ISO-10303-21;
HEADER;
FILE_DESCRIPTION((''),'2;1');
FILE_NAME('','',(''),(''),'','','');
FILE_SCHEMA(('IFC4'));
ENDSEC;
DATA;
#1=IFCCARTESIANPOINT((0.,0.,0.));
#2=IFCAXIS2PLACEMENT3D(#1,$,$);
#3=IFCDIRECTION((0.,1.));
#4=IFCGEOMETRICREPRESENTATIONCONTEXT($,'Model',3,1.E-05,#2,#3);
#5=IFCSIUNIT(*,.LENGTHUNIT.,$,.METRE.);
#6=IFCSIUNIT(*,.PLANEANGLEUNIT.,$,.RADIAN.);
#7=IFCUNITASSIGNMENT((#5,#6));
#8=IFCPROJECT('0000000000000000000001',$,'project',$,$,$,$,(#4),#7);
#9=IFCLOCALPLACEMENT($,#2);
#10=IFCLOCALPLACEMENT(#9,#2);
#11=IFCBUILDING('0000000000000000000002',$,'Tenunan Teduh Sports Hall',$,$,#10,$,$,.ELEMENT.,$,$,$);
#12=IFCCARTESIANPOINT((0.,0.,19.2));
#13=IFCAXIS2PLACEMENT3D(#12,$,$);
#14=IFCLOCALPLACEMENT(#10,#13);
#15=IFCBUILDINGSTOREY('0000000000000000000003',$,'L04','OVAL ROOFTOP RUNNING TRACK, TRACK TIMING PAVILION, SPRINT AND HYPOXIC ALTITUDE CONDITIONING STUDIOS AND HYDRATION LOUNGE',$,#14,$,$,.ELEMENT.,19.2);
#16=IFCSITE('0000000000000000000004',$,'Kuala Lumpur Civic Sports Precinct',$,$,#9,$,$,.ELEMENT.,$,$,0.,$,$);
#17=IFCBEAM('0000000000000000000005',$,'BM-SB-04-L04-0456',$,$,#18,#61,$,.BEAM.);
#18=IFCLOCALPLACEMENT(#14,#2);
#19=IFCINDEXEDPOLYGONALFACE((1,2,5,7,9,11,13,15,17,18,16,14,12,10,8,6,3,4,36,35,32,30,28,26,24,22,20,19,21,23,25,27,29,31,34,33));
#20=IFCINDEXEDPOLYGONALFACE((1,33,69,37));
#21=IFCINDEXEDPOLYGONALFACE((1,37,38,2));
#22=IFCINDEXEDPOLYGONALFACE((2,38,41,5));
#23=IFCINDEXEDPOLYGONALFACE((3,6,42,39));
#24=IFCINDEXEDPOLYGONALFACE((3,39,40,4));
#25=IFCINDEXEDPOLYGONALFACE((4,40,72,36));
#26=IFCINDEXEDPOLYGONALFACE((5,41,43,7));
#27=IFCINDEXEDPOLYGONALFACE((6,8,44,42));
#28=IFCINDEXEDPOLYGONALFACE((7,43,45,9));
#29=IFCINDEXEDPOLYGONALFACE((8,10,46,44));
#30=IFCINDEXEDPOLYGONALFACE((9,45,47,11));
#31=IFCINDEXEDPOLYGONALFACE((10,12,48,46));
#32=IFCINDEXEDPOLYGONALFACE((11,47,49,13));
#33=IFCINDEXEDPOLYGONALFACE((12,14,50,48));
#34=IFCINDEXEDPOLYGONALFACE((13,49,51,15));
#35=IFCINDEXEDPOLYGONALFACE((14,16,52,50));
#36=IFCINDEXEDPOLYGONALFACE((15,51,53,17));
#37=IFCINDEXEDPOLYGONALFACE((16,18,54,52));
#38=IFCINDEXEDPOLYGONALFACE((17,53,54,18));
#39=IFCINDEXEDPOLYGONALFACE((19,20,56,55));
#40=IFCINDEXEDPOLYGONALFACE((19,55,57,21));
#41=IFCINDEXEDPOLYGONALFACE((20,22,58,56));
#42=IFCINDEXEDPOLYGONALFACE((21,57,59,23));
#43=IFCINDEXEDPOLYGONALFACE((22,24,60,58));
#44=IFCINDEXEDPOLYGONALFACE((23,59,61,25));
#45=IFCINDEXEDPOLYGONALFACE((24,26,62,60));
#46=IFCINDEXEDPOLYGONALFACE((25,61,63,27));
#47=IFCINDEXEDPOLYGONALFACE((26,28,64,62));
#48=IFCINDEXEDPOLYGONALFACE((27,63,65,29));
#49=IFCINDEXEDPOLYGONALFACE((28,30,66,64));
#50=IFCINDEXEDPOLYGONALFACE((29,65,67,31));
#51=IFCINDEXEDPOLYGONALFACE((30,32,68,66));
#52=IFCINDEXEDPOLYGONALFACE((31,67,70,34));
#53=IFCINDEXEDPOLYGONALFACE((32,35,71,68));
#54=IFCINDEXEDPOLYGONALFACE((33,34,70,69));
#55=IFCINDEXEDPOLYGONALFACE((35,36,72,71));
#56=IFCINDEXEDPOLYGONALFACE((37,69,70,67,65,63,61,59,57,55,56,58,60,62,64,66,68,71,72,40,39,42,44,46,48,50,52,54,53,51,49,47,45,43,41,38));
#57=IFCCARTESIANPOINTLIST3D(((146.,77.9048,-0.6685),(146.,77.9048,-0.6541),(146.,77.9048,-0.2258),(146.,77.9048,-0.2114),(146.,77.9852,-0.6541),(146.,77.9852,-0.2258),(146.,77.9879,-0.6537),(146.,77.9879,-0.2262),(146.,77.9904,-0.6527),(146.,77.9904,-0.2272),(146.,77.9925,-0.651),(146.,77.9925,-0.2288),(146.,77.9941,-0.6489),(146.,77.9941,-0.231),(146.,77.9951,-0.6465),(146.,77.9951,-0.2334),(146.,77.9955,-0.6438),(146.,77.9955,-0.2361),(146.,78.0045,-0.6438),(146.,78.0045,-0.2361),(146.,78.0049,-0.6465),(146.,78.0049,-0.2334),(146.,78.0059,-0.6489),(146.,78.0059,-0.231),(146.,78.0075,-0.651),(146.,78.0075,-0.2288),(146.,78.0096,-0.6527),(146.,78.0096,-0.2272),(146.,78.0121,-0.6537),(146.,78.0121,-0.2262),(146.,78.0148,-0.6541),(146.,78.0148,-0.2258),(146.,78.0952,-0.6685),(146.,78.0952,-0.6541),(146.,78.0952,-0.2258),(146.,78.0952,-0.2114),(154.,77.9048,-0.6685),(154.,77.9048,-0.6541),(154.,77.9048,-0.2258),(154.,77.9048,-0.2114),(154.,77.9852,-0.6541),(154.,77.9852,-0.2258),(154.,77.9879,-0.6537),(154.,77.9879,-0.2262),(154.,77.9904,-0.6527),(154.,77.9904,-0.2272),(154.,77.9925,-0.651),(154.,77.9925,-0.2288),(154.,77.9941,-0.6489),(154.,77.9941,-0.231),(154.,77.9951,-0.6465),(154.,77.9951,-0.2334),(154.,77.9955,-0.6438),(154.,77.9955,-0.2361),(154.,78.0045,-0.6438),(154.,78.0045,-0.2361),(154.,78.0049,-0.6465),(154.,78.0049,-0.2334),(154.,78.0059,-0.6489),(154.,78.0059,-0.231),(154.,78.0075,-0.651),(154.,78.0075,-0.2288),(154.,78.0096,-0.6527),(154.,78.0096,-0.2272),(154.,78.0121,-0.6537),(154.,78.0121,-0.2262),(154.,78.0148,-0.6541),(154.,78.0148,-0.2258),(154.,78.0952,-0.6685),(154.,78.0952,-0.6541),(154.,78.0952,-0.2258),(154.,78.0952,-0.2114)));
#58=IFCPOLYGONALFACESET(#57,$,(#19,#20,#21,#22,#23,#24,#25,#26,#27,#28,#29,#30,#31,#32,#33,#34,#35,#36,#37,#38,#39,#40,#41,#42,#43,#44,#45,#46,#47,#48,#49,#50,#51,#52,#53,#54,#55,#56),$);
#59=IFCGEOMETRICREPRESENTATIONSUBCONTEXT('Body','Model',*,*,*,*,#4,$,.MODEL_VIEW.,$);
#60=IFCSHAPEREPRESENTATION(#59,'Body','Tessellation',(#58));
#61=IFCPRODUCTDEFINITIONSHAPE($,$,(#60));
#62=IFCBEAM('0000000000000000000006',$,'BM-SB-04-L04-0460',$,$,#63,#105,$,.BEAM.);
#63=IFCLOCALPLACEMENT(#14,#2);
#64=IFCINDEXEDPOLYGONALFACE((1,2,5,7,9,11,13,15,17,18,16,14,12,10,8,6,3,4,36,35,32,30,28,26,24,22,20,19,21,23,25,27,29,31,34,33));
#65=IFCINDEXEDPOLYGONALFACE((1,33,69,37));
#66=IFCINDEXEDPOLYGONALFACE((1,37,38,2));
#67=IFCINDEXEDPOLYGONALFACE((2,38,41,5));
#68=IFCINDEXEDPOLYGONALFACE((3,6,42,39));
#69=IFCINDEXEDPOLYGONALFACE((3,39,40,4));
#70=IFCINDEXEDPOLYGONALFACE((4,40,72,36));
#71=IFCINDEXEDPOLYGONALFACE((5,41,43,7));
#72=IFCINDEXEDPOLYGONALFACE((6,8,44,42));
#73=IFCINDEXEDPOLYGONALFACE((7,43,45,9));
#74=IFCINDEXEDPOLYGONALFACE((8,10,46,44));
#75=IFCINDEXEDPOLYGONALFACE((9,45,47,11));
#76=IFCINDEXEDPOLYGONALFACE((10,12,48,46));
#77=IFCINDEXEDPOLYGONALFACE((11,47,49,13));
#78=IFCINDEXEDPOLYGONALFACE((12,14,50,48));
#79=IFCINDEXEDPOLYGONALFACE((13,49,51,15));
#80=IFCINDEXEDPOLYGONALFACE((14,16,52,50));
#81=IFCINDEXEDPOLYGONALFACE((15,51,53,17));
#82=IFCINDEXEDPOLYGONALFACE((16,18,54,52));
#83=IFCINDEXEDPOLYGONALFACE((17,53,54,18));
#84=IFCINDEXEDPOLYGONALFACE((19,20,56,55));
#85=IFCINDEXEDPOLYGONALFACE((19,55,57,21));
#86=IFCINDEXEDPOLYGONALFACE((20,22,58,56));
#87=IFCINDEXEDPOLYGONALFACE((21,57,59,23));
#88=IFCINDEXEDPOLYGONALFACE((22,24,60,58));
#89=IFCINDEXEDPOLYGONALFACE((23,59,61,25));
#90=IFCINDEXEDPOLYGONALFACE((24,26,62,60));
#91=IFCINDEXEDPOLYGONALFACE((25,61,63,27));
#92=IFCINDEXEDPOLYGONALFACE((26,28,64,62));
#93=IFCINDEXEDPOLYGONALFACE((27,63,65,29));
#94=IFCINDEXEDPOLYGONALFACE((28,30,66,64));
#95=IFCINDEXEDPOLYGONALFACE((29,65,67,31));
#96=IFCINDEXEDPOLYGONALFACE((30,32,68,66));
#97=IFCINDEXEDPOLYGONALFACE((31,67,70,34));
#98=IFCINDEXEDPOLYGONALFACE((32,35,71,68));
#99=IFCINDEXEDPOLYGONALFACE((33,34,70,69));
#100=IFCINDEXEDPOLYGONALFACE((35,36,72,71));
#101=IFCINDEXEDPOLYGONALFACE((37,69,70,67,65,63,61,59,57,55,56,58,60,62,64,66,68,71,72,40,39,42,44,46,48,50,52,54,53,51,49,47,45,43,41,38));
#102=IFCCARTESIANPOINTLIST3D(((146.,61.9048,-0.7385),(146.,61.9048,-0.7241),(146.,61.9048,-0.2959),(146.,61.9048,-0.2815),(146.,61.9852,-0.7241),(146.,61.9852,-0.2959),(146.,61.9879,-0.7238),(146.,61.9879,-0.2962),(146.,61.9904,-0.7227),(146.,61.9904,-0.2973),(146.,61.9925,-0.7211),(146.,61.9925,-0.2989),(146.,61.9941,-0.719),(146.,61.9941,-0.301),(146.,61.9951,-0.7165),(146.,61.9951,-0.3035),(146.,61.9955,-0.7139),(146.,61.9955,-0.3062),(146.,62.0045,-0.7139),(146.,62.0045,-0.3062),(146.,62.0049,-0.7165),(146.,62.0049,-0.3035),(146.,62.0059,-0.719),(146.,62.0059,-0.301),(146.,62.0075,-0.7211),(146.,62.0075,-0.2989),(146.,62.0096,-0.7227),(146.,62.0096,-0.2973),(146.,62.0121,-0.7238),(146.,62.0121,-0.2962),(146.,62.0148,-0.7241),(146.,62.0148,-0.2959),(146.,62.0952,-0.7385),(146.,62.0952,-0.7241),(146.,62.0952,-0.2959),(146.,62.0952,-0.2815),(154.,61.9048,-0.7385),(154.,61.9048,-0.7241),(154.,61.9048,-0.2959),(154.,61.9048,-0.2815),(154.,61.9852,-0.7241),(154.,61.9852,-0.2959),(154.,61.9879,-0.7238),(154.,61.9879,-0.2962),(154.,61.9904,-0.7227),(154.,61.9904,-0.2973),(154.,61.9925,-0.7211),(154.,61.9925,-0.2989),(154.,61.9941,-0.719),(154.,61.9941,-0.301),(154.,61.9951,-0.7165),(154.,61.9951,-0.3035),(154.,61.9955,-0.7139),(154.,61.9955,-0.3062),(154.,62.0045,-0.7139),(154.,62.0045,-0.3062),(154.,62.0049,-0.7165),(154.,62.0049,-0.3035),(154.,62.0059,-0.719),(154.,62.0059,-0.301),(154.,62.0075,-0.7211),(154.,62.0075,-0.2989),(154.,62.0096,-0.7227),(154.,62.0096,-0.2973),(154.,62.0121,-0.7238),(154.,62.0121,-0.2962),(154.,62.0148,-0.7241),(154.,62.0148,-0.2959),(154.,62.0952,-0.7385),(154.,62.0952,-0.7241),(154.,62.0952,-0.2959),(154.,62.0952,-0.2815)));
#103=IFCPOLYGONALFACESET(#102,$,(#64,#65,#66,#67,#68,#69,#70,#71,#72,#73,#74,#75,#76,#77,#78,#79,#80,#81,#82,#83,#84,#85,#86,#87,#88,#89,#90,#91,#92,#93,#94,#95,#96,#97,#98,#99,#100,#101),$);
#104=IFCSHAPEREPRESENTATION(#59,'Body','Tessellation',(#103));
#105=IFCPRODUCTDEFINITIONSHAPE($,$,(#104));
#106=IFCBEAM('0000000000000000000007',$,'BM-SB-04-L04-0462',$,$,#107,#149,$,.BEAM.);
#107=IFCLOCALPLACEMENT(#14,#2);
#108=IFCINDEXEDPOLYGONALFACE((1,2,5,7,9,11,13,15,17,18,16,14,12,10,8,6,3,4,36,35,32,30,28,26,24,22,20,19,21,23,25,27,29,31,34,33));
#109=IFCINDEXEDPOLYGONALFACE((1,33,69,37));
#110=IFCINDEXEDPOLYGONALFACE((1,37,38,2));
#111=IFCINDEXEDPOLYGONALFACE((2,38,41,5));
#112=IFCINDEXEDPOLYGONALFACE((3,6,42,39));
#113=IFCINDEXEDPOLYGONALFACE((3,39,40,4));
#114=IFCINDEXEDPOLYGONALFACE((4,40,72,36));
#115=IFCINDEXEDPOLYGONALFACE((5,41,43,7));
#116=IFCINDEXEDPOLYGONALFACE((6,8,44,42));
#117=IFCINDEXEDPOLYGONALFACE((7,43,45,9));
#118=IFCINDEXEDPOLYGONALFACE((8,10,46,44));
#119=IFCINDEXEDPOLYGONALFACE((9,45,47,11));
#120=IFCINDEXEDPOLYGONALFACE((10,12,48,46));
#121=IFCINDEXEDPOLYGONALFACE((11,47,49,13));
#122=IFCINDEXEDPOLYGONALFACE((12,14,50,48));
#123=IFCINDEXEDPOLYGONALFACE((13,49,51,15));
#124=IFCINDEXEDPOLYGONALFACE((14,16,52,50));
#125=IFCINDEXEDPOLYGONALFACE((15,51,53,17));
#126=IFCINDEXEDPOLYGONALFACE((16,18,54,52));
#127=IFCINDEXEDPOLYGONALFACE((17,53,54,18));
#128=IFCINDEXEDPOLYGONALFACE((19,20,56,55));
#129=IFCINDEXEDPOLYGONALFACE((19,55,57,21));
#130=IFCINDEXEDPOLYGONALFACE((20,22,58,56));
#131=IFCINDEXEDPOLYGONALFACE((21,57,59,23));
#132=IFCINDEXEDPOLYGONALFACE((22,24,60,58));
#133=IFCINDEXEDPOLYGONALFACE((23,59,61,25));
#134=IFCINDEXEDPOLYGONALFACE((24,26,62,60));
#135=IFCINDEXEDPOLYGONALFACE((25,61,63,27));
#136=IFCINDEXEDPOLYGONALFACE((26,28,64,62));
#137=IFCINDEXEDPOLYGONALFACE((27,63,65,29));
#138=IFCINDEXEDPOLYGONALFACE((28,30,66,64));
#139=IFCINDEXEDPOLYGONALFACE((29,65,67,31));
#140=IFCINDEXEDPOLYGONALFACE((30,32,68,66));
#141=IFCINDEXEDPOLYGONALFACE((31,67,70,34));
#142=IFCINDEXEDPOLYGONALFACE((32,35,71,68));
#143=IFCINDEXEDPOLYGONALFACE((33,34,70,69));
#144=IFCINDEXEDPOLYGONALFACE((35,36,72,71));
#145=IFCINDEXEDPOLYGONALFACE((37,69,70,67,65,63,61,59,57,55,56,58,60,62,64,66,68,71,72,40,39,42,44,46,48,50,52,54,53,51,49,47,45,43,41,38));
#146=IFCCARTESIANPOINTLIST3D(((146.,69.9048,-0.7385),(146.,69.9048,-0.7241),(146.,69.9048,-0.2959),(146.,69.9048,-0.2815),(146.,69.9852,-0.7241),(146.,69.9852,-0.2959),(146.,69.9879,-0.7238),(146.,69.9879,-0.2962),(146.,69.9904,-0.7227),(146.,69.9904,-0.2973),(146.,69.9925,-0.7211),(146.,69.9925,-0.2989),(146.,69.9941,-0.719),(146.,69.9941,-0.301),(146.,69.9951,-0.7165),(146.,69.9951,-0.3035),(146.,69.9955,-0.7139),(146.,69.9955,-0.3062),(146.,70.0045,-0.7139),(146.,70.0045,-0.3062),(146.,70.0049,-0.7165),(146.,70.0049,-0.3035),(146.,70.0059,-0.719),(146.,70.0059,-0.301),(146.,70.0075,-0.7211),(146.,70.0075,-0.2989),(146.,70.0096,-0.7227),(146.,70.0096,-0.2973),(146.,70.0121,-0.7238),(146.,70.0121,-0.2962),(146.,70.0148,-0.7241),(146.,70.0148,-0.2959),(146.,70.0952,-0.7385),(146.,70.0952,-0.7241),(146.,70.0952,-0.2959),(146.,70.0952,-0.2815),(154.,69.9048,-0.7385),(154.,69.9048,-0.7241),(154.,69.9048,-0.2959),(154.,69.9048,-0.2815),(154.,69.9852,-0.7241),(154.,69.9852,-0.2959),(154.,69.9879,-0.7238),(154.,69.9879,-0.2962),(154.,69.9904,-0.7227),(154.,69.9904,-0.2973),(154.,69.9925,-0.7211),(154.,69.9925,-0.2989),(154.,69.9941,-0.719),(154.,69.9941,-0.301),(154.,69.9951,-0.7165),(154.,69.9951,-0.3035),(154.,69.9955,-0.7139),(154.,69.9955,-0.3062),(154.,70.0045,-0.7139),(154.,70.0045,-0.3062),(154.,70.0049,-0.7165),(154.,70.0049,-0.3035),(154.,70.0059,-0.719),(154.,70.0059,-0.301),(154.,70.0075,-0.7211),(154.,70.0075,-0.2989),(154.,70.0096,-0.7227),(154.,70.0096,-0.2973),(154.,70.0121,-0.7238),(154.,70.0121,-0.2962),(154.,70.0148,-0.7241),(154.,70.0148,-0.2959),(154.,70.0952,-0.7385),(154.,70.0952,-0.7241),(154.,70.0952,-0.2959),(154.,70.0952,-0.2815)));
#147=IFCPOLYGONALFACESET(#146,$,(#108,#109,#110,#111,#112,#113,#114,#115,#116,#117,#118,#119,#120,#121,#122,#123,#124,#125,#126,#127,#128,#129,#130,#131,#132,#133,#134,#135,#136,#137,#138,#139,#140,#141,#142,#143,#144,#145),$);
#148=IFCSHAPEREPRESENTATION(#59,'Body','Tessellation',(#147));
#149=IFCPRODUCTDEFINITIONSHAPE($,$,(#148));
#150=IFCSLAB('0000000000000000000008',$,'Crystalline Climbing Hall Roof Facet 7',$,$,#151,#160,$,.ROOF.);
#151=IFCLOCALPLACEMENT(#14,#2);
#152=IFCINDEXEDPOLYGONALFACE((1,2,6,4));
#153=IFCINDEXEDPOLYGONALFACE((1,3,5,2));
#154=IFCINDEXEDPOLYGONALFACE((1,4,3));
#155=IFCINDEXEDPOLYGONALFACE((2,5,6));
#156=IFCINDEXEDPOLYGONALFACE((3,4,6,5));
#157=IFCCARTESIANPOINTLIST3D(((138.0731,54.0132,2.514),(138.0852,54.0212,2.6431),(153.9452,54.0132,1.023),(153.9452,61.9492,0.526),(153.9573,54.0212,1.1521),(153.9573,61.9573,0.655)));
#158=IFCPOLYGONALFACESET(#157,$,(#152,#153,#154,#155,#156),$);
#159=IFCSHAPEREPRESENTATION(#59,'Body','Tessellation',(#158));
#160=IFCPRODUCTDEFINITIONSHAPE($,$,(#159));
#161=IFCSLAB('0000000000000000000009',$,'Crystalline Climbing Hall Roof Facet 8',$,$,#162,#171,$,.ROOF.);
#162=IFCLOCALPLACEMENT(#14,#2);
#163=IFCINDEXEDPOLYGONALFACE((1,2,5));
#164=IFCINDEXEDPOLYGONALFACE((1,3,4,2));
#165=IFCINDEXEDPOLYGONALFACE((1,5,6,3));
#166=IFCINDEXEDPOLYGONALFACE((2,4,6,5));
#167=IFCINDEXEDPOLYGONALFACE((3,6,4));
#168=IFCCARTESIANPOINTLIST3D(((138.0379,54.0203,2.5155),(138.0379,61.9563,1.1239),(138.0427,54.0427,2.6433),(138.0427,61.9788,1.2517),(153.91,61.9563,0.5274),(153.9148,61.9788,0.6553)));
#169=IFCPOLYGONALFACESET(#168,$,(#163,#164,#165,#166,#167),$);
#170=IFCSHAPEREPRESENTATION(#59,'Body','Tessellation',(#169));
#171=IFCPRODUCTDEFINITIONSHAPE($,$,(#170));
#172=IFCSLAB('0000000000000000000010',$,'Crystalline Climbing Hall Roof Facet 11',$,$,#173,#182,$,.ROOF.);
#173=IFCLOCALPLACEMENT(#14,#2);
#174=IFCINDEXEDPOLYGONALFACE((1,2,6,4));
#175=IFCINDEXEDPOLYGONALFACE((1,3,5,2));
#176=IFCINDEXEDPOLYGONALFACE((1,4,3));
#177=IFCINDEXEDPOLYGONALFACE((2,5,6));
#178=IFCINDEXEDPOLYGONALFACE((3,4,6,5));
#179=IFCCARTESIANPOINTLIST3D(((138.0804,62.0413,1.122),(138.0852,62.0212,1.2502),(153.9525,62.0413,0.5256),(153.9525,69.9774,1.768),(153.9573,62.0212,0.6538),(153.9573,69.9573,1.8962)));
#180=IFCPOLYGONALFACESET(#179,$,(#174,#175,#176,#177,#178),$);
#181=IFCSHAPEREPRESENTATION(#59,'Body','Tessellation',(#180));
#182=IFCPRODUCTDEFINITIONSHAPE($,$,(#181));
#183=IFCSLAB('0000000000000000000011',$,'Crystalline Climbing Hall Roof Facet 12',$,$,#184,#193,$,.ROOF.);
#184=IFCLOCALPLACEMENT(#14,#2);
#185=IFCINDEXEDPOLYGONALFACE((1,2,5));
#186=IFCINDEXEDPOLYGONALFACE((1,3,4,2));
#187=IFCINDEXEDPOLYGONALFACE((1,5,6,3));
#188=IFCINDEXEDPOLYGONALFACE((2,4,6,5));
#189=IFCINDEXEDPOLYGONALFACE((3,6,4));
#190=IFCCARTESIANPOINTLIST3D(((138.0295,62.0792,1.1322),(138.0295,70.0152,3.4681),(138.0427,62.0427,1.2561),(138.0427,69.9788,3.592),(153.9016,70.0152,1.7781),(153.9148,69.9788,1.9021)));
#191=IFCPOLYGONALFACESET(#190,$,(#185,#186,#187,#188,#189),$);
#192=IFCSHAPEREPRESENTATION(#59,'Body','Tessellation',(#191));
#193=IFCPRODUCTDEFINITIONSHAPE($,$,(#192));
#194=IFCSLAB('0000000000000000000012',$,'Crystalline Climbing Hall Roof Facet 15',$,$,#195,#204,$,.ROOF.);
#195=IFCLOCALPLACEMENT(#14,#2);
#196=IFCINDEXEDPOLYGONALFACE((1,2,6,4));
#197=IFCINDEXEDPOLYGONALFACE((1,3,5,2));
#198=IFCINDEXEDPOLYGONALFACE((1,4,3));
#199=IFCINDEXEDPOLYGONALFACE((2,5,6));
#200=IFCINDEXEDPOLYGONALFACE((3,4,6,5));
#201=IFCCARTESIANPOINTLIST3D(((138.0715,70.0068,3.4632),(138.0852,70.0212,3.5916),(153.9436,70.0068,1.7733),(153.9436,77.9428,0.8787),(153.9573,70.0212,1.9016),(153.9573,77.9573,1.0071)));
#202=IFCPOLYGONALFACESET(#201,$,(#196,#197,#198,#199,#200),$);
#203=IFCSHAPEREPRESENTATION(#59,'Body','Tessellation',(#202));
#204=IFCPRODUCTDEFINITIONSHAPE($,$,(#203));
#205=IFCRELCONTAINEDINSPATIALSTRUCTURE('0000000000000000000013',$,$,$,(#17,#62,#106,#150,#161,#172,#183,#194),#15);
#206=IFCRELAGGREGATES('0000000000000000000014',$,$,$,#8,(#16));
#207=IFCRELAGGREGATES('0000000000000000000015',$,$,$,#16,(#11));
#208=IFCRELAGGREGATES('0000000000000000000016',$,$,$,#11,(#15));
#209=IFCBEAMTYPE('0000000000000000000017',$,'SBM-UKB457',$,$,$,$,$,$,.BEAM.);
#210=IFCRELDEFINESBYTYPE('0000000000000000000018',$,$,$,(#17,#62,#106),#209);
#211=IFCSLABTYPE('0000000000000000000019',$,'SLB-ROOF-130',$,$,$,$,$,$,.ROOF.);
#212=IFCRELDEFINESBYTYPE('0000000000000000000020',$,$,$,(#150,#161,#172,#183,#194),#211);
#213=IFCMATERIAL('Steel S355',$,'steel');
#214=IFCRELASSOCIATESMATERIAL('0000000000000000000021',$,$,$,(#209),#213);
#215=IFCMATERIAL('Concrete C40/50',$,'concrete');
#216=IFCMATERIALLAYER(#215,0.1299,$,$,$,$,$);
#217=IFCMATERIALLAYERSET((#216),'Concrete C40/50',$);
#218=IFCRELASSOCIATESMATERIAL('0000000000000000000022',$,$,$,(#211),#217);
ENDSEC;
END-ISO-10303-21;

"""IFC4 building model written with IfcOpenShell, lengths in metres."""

from ifc_helpers import new_model, si_unit, direction, frame, origin, origin_2d, place, context, subcontext, project, spatial, polyline, i_section, outline, extrude, material, layer, layer_set, material_profile, profile_set, type_object, element, save


model = new_model("IFC4")

# Units and contexts
model_context = context("Model", 3, precision=1e-05, world=origin(), true_north=direction((0.0, 1.0)))
body_context = subcontext(model_context, "Body", "Model", "MODEL_VIEW")
ifc_project = project(units=[si_unit("LENGTHUNIT", "METRE"), si_unit("PLANEANGLEUNIT", "RADIAN")], contexts=[model_context])

# Site, building, storey
site_placement = place(None, origin())
site = spatial("IfcSite", under=ifc_project, at=site_placement, Name="Kuala Lumpur Civic Sports Precinct", CompositionType="ELEMENT", RefElevation=0.0)
building_placement = place(site_placement, origin())
building = spatial("IfcBuilding", under=site, at=building_placement, Name="Tenunan Teduh Sports Hall", CompositionType="ELEMENT")
storey_placement = place(building_placement, frame((0.0, 0.0, 19.2)))
storey = spatial("IfcBuildingStorey", under=building, at=storey_placement, Name="L04", Description="OVAL ROOFTOP RUNNING TRACK, TRACK TIMING PAVILION, SPRINT AND HYPOXIC ALTITUDE CONDITIONING STUDIOS AND HYDRATION LOUNGE", CompositionType="ELEMENT", Elevation=19.2)

# Beams
ifc_material_1 = material(Name="Steel S355", Category="steel")
ifc_material_profile_1 = material_profile(ifc_material_1, i_section(OverallWidth=0.1904, OverallDepth=0.457, WebThickness=0.009, FlangeThickness=0.0144, FilletRadius=0.0103, at=origin_2d()), Name="UKB 457x191x74")
ifc_profile_set_1 = profile_set([ifc_material_profile_1], Name="Steel S355")
beam_type_1 = type_object("IfcBeamType", Name="SBM-UKB457", PredefinedType="BEAM", material=ifc_profile_set_1)
for number, where, z_axis, x_axis, name in (
    (1, (146.0, 78.0, -0.4399), (1.0, 0.0, 0.0), (0.0, 1.0, 0.0), "BM-SB-04-L04-0456"),
    (2, (146.0, 62.0, -0.51), (1.0, 0.0, 0.0), (0.0, 1.0, 0.0), "BM-SB-04-L04-0460"),
    (3, (146.0, 70.0, -0.51), (1.0, 0.0, 0.0), (0.0, 1.0, 0.0), "BM-SB-04-L04-0462"),
):
    element("IfcBeam", number, at=place(storey_placement, frame(where, z_axis=z_axis, x_axis=x_axis)), inside=storey, type_object=beam_type_1, Name=name, PredefinedType="BEAM", context=body_context, shape_type="SweptSolid", body=[
        extrude(i_section(OverallWidth=0.1904, OverallDepth=0.457, WebThickness=0.009, FlangeThickness=0.0144, FilletRadius=0.0103, at=origin_2d()), origin(), (0.0, 0.0, 1.0), 8.0),
    ])

# Slabs
ifc_material_2 = material(Name="Concrete C40/50", Category="concrete")
ifc_layer_1 = layer(ifc_material_2, 0.1299)
ifc_layer_set_1 = layer_set([ifc_layer_1], Name="Concrete C40/50")
slab_type = type_object("IfcSlabType", Name="SLB-ROOF-130", PredefinedType="ROOF", material=ifc_layer_set_1)
slab_1_placement = place(storey_placement, frame((138.0852, 54.0212, 2.6431), z_axis=(0.093343, 0.062239, 0.993687), x_axis=(0.995617, 0.0, -0.093525)))
element("IfcSlab", 4, at=slab_1_placement, inside=storey, type_object=slab_type, Name="Crystalline Climbing Hall Roof Facet 7", PredefinedType="ROOF", context=body_context, shape_type="SweptSolid", body=[
    extrude(outline(polyline([(0.0, 0.0), (15.9419, 0.0), (15.9884, 7.9515), (0.0, 0.0)])), origin(), (0.0, 0.0, -1.0), 0.1299),
])
slab_2_placement = place(storey_placement, frame((138.0427, 54.0427, 2.6433), z_axis=(0.036988, 0.172599, 0.984298), x_axis=(0.888867, 0.444433, -0.111334)))
element("IfcSlab", 5, at=slab_2_placement, inside=storey, type_object=slab_type, Name="Crystalline Climbing Hall Roof Facet 8", PredefinedType="ROOF", context=body_context, shape_type="SweptSolid", body=[
    extrude(outline(polyline([(0.0, 0.0), (17.8565, 0.0), (3.682, 7.1666), (0.0, 0.0)])), origin(), (0.0, 0.0, -1.0), 0.1299),
])
slab_3_placement = place(storey_placement, frame((138.0852, 62.0212, 1.2502), z_axis=(0.0371, -0.154565, 0.987286), x_axis=(0.999295, 0.0, -0.037551)))
element("IfcSlab", 6, at=slab_3_placement, inside=storey, type_object=slab_type, Name="Crystalline Climbing Hall Roof Facet 11", PredefinedType="ROOF", context=body_context, shape_type="SweptSolid", body=[
    extrude(outline(polyline([(0.0, 0.0), (15.8833, 0.0), (15.8366, 8.0326), (0.0, 0.0)])), origin(), (0.0, 0.0, -1.0), 0.1299),
])
slab_4_placement = place(storey_placement, frame((138.0427, 62.0427, 1.2561), z_axis=(0.101611, -0.280906, 0.954341), x_axis=(0.893835, 0.446918, 0.036379)))
element("IfcSlab", 7, at=slab_4_placement, inside=storey, type_object=slab_type, Name="Crystalline Climbing Hall Roof Facet 12", PredefinedType="ROOF", context=body_context, shape_type="SweptSolid", body=[
    extrude(outline(polyline([(0.0, 0.0), (17.7573, 0.0), (3.6317, 7.4329), (0.0, 0.0)])), origin(), (0.0, 0.0, -1.0), 0.1299),
])
slab_5_placement = place(storey_placement, frame((138.0852, 70.0212, 3.5916), z_axis=(0.105215, 0.111387, 0.988192), x_axis=(0.99438, 0.0, -0.105874)))
element("IfcSlab", 8, at=slab_5_placement, inside=storey, type_object=slab_type, Name="Crystalline Climbing Hall Roof Facet 15", PredefinedType="ROOF", context=body_context, shape_type="SweptSolid", body=[
    extrude(outline(polyline([(0.0, 0.0), (15.9618, 0.0), (16.0565, 7.9857), (0.0, 0.0)])), origin(), (0.0, 0.0, -1.0), 0.1299),
])

save(model, "model.ifc")
